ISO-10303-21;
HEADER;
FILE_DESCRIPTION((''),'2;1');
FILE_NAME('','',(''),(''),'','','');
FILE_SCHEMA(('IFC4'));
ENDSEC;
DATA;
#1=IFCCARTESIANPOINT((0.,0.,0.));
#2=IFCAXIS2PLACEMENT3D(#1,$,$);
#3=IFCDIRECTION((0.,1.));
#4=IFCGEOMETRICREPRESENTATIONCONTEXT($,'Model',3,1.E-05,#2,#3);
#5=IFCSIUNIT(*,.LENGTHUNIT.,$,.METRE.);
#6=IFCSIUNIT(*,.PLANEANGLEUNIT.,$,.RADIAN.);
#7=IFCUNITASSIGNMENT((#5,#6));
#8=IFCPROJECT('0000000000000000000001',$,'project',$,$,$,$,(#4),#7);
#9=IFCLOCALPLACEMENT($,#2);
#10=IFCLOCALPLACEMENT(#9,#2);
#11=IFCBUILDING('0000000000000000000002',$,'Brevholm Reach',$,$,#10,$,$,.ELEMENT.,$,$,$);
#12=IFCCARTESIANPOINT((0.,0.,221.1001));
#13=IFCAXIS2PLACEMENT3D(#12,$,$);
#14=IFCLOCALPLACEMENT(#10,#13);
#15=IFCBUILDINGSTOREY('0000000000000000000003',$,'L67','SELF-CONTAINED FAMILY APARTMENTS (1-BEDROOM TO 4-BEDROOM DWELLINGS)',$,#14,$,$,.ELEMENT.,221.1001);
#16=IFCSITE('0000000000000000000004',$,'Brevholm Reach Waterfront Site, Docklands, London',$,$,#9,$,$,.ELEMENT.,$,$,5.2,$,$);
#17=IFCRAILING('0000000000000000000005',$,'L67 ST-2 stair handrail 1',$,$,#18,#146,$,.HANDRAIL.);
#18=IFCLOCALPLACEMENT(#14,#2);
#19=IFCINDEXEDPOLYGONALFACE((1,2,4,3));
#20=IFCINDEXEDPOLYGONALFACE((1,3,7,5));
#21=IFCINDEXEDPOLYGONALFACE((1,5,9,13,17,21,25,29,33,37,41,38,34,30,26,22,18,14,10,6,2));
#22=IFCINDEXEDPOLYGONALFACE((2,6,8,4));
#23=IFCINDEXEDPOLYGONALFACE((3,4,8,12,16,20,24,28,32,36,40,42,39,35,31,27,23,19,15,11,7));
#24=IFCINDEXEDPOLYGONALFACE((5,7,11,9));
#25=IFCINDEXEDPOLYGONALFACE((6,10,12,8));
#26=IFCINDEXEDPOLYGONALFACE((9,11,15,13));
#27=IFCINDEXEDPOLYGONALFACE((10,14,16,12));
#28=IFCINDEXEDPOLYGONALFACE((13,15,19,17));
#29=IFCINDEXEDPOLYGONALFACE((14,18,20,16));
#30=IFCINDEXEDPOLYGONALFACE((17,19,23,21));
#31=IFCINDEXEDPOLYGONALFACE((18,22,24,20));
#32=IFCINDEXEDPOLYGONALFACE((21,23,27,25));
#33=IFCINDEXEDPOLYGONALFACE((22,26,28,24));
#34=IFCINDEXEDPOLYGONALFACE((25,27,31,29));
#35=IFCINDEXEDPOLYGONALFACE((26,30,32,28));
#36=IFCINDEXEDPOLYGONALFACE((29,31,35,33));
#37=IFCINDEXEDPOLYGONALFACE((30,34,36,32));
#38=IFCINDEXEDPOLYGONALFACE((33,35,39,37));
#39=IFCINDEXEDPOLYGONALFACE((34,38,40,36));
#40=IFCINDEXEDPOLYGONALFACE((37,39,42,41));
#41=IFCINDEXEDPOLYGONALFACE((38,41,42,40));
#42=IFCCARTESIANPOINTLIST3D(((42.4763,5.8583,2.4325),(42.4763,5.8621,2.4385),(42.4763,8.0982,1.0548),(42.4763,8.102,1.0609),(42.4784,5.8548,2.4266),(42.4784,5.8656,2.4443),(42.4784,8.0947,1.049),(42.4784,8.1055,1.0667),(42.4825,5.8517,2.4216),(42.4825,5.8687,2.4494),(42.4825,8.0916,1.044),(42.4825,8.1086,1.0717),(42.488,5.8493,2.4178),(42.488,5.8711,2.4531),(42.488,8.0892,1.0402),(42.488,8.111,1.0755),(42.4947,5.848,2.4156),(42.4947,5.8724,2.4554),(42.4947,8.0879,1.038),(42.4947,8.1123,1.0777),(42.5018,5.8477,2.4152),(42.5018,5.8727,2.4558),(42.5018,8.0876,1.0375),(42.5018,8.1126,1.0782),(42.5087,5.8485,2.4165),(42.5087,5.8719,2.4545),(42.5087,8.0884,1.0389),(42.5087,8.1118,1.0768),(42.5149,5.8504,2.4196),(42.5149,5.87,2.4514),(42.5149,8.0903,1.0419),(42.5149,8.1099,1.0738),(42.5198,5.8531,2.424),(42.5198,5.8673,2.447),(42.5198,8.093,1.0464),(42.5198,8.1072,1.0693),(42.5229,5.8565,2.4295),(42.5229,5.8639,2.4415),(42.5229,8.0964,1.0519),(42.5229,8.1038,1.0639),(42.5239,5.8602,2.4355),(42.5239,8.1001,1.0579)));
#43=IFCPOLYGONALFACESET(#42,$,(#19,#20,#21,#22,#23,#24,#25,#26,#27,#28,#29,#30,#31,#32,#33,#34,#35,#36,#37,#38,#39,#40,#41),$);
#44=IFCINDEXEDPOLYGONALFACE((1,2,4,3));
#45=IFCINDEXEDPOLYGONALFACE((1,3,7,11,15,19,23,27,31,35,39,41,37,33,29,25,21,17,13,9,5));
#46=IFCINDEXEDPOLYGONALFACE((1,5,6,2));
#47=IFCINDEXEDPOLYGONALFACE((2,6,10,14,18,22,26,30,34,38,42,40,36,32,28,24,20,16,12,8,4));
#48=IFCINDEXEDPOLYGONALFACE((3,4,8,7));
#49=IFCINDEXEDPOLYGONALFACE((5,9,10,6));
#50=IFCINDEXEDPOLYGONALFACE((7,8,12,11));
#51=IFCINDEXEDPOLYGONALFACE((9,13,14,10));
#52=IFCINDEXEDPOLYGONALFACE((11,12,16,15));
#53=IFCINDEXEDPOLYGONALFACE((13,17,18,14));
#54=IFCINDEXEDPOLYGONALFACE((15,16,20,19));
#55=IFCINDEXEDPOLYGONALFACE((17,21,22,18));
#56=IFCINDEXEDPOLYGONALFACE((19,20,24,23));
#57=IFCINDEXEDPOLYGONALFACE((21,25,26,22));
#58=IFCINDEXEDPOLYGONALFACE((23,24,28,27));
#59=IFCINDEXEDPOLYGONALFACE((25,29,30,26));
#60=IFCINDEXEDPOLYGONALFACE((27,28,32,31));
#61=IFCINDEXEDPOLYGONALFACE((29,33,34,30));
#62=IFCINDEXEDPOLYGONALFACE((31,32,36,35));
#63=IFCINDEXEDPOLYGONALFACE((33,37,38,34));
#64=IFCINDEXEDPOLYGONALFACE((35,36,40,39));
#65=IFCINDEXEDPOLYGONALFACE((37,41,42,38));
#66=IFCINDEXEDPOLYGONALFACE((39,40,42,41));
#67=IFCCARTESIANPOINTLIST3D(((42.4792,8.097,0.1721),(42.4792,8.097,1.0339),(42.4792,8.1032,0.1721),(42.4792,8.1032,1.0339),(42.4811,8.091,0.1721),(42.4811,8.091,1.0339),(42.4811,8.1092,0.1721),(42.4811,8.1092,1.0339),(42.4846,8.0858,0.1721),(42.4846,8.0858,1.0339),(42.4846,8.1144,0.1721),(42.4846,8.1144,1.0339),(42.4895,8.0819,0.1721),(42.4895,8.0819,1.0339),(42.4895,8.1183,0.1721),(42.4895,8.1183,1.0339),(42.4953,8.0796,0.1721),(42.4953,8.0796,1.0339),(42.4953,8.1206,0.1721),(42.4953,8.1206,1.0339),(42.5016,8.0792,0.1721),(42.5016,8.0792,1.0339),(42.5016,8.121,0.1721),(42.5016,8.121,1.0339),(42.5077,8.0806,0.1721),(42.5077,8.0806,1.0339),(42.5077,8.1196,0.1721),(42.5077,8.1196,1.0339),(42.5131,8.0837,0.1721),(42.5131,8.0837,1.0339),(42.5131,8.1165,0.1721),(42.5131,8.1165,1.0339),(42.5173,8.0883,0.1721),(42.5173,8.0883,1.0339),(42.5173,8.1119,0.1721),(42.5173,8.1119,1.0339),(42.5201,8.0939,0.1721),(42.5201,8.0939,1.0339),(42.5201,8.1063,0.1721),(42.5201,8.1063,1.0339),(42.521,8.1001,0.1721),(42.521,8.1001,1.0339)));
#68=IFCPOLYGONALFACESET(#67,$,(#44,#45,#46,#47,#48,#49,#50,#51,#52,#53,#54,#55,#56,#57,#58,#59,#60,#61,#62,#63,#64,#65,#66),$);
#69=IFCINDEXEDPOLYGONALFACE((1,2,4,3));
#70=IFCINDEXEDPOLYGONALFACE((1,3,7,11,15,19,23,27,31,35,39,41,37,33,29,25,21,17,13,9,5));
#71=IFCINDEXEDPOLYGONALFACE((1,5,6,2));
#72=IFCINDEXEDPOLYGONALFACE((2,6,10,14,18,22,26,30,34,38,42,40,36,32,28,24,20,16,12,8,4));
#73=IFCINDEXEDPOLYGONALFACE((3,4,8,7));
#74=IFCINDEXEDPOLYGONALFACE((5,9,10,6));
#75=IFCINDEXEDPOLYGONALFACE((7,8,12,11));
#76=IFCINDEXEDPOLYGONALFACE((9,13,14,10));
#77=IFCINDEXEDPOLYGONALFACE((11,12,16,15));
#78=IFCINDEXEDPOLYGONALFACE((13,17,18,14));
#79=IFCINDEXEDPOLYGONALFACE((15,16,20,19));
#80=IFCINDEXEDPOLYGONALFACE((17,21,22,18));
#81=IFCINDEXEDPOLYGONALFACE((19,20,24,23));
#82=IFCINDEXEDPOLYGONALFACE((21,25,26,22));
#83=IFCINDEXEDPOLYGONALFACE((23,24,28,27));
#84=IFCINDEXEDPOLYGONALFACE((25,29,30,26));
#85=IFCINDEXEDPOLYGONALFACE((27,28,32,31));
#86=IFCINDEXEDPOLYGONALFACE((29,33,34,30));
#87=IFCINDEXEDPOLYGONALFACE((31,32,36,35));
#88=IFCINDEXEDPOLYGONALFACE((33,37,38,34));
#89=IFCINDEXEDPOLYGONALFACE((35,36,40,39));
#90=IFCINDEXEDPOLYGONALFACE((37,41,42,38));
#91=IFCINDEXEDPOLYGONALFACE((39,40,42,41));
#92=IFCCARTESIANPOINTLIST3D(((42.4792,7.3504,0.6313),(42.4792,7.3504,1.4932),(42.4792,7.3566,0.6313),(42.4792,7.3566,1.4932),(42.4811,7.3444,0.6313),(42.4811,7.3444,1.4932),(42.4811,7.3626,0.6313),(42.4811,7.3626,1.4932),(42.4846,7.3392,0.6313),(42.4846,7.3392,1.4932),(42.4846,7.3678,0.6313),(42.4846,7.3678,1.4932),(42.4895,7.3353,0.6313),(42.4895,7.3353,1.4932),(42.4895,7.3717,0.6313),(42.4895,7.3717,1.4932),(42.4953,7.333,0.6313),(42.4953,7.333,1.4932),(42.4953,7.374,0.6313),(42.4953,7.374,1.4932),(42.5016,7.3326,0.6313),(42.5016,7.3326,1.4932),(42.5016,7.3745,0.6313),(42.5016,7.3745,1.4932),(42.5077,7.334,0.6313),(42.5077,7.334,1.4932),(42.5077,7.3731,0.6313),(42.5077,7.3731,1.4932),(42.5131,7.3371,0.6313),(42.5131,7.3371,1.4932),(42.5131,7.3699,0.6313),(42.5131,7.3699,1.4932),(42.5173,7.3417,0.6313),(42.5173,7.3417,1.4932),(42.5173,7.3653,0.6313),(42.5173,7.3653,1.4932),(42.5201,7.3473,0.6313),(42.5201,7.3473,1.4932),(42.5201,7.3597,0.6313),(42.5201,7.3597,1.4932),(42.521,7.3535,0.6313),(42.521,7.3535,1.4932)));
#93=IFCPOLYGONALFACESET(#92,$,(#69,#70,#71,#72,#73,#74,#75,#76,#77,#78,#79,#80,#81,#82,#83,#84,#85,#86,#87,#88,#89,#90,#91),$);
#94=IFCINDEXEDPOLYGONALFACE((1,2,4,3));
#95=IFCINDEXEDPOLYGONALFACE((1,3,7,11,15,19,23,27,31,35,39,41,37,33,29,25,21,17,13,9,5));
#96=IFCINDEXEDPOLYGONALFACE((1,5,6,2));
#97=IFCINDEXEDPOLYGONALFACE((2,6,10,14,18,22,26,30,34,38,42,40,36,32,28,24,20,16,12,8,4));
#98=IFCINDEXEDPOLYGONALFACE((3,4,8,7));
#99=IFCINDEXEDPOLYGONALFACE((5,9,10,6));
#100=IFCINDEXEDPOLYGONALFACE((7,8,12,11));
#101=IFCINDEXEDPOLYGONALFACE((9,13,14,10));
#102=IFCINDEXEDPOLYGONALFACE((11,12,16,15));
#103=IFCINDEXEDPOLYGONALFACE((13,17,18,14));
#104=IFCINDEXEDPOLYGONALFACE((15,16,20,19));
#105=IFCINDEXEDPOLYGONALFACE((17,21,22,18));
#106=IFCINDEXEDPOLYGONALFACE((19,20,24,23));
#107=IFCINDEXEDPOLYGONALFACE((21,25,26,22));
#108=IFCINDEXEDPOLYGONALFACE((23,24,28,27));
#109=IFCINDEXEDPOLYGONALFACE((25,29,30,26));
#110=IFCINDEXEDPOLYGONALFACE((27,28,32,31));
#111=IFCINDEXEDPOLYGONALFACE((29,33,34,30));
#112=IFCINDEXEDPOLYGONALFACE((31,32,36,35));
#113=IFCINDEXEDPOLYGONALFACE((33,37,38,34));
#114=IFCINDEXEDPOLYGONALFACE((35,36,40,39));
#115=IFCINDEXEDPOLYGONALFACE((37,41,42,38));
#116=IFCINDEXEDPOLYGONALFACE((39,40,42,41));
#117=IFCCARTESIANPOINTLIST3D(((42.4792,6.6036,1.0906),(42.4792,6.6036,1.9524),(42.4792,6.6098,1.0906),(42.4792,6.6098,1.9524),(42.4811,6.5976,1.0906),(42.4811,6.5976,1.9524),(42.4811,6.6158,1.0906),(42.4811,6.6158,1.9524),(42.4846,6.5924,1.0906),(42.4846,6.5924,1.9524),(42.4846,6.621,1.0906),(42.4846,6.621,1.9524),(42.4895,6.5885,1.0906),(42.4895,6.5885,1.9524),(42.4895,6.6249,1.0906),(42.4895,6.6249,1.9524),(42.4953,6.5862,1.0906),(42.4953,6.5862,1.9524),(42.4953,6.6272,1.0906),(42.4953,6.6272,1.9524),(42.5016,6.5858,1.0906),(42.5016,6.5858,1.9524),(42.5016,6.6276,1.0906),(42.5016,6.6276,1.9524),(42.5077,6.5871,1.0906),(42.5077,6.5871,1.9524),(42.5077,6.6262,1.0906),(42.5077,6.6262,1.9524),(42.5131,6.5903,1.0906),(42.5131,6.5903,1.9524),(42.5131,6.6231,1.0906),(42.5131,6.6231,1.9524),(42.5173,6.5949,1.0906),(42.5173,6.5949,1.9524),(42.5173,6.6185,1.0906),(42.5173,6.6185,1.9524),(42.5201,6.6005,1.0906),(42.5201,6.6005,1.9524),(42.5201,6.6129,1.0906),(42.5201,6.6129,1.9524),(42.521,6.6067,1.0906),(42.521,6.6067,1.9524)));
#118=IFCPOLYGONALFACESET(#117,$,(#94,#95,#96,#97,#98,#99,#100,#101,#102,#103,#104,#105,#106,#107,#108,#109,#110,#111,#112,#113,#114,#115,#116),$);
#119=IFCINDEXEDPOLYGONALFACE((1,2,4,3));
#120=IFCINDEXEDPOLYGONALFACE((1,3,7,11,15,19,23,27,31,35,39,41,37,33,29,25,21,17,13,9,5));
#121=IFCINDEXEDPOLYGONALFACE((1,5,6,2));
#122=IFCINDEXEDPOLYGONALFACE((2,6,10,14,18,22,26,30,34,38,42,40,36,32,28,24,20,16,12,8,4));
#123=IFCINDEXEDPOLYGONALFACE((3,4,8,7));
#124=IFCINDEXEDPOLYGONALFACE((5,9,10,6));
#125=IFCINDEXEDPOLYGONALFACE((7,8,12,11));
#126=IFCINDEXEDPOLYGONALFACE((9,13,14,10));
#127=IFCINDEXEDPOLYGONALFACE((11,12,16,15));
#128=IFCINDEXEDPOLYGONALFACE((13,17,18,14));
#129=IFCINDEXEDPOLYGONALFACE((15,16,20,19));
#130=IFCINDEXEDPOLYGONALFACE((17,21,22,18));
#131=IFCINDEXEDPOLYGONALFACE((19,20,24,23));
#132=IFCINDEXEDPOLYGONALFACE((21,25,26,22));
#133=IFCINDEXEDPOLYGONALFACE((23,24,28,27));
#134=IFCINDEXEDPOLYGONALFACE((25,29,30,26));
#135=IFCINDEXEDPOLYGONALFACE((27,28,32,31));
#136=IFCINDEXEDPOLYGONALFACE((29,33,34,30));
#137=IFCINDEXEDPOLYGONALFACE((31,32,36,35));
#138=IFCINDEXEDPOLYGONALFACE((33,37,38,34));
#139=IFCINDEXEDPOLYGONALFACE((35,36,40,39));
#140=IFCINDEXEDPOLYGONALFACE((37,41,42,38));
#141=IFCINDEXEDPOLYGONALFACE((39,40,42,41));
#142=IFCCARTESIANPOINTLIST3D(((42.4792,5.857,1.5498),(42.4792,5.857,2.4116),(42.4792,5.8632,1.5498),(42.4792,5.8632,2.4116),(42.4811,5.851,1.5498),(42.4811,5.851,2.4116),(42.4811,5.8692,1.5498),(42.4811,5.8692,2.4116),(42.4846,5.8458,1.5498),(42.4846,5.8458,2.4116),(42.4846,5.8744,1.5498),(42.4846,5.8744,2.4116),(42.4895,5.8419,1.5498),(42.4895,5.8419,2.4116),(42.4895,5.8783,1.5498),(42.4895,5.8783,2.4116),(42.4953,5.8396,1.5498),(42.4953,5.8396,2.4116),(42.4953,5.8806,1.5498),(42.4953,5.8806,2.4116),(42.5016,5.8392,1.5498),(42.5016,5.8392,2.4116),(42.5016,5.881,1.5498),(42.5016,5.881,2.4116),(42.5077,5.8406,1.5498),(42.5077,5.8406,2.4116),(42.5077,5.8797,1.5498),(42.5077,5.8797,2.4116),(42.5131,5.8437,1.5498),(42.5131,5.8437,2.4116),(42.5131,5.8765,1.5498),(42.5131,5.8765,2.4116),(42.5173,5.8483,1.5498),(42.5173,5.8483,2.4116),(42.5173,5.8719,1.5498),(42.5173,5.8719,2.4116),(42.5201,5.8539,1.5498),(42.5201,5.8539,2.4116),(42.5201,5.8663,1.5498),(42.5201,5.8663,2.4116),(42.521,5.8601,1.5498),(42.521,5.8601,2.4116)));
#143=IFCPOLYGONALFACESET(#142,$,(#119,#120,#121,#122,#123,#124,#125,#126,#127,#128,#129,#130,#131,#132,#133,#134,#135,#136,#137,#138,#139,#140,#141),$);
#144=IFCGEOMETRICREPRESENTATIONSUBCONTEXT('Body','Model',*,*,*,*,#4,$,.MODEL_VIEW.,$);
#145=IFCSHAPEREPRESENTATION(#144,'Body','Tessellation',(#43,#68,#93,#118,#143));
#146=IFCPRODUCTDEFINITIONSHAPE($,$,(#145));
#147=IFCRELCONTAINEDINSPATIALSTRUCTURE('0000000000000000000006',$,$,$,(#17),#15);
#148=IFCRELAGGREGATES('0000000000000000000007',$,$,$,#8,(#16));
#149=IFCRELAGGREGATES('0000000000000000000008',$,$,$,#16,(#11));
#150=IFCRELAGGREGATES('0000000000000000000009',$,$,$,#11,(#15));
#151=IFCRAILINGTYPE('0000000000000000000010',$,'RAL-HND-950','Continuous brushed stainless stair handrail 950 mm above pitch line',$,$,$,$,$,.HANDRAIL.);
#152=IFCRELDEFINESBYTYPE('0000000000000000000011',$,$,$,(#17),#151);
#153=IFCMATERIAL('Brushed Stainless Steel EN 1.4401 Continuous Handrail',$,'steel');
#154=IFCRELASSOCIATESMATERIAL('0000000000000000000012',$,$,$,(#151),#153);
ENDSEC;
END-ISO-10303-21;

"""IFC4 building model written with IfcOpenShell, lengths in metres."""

from ifc_helpers import new_model, si_unit, direction, frame, origin, origin_2d, place, context, subcontext, project, spatial, circle, extrude, material, type_object, element, save


model = new_model("IFC4")

# Units and contexts
model_context = context("Model", 3, precision=1e-05, world=origin(), true_north=direction((0.0, 1.0)))
body_context = subcontext(model_context, "Body", "Model", "MODEL_VIEW")
ifc_project = project(units=[si_unit("LENGTHUNIT", "METRE"), si_unit("PLANEANGLEUNIT", "RADIAN")], contexts=[model_context])

# Site, building, storey
site_placement = place(None, origin())
site = spatial("IfcSite", under=ifc_project, at=site_placement, Name="Brevholm Reach Waterfront Site, Docklands, London", CompositionType="ELEMENT", RefElevation=5.2)
building_placement = place(site_placement, origin())
building = spatial("IfcBuilding", under=site, at=building_placement, Name="Brevholm Reach", CompositionType="ELEMENT")
storey_placement = place(building_placement, frame((0.0, 0.0, 221.1001)))
storey = spatial("IfcBuildingStorey", under=building, at=storey_placement, Name="L67", Description="SELF-CONTAINED FAMILY APARTMENTS (1-BEDROOM TO 4-BEDROOM DWELLINGS)", CompositionType="ELEMENT", Elevation=221.1001)

# Railing
ifc_material_1 = material(Name="Brushed Stainless Steel EN 1.4401 Continuous Handrail", Category="steel")
railing_type_1 = type_object("IfcRailingType", Name="RAL-HND-950", Description="Continuous brushed stainless stair handrail 950 mm above pitch line", PredefinedType="HANDRAIL", material=ifc_material_1)
railing_1_placement = place(storey_placement, frame((42.5, 8.1001, 0.1721)))
element("IfcRailing", 1, at=railing_1_placement, inside=storey, type_object=railing_type_1, Name="L67 ST-2 stair handrail 1", PredefinedType="HANDRAIL", context=body_context, shape_type="SweptSolid", body=[
    extrude(circle(Radius=0.0239, at=origin_2d()), frame((0.0, 0.0, 0.8857), z_axis=(0.0, -0.851789, 0.523885), x_axis=(1.0, 0.0, 0.0)), (0.0, 0.0, 1.0), 2.6296),
    extrude(circle(Radius=0.021, at=origin_2d()), origin(), (0.0, 0.0, 1.0), 0.8618),
    extrude(circle(Radius=0.021, at=origin_2d()), frame((0.0, -0.7466, 0.4592)), (0.0, 0.0, 1.0), 0.8618),
    extrude(circle(Radius=0.021, at=origin_2d()), frame((0.0, -1.4934, 0.9185)), (0.0, 0.0, 1.0), 0.8618),
    extrude(circle(Radius=0.021, at=origin_2d()), frame((0.0, -2.24, 1.3777)), (0.0, 0.0, 1.0), 0.8618),
])

save(model, "model.ifc")
